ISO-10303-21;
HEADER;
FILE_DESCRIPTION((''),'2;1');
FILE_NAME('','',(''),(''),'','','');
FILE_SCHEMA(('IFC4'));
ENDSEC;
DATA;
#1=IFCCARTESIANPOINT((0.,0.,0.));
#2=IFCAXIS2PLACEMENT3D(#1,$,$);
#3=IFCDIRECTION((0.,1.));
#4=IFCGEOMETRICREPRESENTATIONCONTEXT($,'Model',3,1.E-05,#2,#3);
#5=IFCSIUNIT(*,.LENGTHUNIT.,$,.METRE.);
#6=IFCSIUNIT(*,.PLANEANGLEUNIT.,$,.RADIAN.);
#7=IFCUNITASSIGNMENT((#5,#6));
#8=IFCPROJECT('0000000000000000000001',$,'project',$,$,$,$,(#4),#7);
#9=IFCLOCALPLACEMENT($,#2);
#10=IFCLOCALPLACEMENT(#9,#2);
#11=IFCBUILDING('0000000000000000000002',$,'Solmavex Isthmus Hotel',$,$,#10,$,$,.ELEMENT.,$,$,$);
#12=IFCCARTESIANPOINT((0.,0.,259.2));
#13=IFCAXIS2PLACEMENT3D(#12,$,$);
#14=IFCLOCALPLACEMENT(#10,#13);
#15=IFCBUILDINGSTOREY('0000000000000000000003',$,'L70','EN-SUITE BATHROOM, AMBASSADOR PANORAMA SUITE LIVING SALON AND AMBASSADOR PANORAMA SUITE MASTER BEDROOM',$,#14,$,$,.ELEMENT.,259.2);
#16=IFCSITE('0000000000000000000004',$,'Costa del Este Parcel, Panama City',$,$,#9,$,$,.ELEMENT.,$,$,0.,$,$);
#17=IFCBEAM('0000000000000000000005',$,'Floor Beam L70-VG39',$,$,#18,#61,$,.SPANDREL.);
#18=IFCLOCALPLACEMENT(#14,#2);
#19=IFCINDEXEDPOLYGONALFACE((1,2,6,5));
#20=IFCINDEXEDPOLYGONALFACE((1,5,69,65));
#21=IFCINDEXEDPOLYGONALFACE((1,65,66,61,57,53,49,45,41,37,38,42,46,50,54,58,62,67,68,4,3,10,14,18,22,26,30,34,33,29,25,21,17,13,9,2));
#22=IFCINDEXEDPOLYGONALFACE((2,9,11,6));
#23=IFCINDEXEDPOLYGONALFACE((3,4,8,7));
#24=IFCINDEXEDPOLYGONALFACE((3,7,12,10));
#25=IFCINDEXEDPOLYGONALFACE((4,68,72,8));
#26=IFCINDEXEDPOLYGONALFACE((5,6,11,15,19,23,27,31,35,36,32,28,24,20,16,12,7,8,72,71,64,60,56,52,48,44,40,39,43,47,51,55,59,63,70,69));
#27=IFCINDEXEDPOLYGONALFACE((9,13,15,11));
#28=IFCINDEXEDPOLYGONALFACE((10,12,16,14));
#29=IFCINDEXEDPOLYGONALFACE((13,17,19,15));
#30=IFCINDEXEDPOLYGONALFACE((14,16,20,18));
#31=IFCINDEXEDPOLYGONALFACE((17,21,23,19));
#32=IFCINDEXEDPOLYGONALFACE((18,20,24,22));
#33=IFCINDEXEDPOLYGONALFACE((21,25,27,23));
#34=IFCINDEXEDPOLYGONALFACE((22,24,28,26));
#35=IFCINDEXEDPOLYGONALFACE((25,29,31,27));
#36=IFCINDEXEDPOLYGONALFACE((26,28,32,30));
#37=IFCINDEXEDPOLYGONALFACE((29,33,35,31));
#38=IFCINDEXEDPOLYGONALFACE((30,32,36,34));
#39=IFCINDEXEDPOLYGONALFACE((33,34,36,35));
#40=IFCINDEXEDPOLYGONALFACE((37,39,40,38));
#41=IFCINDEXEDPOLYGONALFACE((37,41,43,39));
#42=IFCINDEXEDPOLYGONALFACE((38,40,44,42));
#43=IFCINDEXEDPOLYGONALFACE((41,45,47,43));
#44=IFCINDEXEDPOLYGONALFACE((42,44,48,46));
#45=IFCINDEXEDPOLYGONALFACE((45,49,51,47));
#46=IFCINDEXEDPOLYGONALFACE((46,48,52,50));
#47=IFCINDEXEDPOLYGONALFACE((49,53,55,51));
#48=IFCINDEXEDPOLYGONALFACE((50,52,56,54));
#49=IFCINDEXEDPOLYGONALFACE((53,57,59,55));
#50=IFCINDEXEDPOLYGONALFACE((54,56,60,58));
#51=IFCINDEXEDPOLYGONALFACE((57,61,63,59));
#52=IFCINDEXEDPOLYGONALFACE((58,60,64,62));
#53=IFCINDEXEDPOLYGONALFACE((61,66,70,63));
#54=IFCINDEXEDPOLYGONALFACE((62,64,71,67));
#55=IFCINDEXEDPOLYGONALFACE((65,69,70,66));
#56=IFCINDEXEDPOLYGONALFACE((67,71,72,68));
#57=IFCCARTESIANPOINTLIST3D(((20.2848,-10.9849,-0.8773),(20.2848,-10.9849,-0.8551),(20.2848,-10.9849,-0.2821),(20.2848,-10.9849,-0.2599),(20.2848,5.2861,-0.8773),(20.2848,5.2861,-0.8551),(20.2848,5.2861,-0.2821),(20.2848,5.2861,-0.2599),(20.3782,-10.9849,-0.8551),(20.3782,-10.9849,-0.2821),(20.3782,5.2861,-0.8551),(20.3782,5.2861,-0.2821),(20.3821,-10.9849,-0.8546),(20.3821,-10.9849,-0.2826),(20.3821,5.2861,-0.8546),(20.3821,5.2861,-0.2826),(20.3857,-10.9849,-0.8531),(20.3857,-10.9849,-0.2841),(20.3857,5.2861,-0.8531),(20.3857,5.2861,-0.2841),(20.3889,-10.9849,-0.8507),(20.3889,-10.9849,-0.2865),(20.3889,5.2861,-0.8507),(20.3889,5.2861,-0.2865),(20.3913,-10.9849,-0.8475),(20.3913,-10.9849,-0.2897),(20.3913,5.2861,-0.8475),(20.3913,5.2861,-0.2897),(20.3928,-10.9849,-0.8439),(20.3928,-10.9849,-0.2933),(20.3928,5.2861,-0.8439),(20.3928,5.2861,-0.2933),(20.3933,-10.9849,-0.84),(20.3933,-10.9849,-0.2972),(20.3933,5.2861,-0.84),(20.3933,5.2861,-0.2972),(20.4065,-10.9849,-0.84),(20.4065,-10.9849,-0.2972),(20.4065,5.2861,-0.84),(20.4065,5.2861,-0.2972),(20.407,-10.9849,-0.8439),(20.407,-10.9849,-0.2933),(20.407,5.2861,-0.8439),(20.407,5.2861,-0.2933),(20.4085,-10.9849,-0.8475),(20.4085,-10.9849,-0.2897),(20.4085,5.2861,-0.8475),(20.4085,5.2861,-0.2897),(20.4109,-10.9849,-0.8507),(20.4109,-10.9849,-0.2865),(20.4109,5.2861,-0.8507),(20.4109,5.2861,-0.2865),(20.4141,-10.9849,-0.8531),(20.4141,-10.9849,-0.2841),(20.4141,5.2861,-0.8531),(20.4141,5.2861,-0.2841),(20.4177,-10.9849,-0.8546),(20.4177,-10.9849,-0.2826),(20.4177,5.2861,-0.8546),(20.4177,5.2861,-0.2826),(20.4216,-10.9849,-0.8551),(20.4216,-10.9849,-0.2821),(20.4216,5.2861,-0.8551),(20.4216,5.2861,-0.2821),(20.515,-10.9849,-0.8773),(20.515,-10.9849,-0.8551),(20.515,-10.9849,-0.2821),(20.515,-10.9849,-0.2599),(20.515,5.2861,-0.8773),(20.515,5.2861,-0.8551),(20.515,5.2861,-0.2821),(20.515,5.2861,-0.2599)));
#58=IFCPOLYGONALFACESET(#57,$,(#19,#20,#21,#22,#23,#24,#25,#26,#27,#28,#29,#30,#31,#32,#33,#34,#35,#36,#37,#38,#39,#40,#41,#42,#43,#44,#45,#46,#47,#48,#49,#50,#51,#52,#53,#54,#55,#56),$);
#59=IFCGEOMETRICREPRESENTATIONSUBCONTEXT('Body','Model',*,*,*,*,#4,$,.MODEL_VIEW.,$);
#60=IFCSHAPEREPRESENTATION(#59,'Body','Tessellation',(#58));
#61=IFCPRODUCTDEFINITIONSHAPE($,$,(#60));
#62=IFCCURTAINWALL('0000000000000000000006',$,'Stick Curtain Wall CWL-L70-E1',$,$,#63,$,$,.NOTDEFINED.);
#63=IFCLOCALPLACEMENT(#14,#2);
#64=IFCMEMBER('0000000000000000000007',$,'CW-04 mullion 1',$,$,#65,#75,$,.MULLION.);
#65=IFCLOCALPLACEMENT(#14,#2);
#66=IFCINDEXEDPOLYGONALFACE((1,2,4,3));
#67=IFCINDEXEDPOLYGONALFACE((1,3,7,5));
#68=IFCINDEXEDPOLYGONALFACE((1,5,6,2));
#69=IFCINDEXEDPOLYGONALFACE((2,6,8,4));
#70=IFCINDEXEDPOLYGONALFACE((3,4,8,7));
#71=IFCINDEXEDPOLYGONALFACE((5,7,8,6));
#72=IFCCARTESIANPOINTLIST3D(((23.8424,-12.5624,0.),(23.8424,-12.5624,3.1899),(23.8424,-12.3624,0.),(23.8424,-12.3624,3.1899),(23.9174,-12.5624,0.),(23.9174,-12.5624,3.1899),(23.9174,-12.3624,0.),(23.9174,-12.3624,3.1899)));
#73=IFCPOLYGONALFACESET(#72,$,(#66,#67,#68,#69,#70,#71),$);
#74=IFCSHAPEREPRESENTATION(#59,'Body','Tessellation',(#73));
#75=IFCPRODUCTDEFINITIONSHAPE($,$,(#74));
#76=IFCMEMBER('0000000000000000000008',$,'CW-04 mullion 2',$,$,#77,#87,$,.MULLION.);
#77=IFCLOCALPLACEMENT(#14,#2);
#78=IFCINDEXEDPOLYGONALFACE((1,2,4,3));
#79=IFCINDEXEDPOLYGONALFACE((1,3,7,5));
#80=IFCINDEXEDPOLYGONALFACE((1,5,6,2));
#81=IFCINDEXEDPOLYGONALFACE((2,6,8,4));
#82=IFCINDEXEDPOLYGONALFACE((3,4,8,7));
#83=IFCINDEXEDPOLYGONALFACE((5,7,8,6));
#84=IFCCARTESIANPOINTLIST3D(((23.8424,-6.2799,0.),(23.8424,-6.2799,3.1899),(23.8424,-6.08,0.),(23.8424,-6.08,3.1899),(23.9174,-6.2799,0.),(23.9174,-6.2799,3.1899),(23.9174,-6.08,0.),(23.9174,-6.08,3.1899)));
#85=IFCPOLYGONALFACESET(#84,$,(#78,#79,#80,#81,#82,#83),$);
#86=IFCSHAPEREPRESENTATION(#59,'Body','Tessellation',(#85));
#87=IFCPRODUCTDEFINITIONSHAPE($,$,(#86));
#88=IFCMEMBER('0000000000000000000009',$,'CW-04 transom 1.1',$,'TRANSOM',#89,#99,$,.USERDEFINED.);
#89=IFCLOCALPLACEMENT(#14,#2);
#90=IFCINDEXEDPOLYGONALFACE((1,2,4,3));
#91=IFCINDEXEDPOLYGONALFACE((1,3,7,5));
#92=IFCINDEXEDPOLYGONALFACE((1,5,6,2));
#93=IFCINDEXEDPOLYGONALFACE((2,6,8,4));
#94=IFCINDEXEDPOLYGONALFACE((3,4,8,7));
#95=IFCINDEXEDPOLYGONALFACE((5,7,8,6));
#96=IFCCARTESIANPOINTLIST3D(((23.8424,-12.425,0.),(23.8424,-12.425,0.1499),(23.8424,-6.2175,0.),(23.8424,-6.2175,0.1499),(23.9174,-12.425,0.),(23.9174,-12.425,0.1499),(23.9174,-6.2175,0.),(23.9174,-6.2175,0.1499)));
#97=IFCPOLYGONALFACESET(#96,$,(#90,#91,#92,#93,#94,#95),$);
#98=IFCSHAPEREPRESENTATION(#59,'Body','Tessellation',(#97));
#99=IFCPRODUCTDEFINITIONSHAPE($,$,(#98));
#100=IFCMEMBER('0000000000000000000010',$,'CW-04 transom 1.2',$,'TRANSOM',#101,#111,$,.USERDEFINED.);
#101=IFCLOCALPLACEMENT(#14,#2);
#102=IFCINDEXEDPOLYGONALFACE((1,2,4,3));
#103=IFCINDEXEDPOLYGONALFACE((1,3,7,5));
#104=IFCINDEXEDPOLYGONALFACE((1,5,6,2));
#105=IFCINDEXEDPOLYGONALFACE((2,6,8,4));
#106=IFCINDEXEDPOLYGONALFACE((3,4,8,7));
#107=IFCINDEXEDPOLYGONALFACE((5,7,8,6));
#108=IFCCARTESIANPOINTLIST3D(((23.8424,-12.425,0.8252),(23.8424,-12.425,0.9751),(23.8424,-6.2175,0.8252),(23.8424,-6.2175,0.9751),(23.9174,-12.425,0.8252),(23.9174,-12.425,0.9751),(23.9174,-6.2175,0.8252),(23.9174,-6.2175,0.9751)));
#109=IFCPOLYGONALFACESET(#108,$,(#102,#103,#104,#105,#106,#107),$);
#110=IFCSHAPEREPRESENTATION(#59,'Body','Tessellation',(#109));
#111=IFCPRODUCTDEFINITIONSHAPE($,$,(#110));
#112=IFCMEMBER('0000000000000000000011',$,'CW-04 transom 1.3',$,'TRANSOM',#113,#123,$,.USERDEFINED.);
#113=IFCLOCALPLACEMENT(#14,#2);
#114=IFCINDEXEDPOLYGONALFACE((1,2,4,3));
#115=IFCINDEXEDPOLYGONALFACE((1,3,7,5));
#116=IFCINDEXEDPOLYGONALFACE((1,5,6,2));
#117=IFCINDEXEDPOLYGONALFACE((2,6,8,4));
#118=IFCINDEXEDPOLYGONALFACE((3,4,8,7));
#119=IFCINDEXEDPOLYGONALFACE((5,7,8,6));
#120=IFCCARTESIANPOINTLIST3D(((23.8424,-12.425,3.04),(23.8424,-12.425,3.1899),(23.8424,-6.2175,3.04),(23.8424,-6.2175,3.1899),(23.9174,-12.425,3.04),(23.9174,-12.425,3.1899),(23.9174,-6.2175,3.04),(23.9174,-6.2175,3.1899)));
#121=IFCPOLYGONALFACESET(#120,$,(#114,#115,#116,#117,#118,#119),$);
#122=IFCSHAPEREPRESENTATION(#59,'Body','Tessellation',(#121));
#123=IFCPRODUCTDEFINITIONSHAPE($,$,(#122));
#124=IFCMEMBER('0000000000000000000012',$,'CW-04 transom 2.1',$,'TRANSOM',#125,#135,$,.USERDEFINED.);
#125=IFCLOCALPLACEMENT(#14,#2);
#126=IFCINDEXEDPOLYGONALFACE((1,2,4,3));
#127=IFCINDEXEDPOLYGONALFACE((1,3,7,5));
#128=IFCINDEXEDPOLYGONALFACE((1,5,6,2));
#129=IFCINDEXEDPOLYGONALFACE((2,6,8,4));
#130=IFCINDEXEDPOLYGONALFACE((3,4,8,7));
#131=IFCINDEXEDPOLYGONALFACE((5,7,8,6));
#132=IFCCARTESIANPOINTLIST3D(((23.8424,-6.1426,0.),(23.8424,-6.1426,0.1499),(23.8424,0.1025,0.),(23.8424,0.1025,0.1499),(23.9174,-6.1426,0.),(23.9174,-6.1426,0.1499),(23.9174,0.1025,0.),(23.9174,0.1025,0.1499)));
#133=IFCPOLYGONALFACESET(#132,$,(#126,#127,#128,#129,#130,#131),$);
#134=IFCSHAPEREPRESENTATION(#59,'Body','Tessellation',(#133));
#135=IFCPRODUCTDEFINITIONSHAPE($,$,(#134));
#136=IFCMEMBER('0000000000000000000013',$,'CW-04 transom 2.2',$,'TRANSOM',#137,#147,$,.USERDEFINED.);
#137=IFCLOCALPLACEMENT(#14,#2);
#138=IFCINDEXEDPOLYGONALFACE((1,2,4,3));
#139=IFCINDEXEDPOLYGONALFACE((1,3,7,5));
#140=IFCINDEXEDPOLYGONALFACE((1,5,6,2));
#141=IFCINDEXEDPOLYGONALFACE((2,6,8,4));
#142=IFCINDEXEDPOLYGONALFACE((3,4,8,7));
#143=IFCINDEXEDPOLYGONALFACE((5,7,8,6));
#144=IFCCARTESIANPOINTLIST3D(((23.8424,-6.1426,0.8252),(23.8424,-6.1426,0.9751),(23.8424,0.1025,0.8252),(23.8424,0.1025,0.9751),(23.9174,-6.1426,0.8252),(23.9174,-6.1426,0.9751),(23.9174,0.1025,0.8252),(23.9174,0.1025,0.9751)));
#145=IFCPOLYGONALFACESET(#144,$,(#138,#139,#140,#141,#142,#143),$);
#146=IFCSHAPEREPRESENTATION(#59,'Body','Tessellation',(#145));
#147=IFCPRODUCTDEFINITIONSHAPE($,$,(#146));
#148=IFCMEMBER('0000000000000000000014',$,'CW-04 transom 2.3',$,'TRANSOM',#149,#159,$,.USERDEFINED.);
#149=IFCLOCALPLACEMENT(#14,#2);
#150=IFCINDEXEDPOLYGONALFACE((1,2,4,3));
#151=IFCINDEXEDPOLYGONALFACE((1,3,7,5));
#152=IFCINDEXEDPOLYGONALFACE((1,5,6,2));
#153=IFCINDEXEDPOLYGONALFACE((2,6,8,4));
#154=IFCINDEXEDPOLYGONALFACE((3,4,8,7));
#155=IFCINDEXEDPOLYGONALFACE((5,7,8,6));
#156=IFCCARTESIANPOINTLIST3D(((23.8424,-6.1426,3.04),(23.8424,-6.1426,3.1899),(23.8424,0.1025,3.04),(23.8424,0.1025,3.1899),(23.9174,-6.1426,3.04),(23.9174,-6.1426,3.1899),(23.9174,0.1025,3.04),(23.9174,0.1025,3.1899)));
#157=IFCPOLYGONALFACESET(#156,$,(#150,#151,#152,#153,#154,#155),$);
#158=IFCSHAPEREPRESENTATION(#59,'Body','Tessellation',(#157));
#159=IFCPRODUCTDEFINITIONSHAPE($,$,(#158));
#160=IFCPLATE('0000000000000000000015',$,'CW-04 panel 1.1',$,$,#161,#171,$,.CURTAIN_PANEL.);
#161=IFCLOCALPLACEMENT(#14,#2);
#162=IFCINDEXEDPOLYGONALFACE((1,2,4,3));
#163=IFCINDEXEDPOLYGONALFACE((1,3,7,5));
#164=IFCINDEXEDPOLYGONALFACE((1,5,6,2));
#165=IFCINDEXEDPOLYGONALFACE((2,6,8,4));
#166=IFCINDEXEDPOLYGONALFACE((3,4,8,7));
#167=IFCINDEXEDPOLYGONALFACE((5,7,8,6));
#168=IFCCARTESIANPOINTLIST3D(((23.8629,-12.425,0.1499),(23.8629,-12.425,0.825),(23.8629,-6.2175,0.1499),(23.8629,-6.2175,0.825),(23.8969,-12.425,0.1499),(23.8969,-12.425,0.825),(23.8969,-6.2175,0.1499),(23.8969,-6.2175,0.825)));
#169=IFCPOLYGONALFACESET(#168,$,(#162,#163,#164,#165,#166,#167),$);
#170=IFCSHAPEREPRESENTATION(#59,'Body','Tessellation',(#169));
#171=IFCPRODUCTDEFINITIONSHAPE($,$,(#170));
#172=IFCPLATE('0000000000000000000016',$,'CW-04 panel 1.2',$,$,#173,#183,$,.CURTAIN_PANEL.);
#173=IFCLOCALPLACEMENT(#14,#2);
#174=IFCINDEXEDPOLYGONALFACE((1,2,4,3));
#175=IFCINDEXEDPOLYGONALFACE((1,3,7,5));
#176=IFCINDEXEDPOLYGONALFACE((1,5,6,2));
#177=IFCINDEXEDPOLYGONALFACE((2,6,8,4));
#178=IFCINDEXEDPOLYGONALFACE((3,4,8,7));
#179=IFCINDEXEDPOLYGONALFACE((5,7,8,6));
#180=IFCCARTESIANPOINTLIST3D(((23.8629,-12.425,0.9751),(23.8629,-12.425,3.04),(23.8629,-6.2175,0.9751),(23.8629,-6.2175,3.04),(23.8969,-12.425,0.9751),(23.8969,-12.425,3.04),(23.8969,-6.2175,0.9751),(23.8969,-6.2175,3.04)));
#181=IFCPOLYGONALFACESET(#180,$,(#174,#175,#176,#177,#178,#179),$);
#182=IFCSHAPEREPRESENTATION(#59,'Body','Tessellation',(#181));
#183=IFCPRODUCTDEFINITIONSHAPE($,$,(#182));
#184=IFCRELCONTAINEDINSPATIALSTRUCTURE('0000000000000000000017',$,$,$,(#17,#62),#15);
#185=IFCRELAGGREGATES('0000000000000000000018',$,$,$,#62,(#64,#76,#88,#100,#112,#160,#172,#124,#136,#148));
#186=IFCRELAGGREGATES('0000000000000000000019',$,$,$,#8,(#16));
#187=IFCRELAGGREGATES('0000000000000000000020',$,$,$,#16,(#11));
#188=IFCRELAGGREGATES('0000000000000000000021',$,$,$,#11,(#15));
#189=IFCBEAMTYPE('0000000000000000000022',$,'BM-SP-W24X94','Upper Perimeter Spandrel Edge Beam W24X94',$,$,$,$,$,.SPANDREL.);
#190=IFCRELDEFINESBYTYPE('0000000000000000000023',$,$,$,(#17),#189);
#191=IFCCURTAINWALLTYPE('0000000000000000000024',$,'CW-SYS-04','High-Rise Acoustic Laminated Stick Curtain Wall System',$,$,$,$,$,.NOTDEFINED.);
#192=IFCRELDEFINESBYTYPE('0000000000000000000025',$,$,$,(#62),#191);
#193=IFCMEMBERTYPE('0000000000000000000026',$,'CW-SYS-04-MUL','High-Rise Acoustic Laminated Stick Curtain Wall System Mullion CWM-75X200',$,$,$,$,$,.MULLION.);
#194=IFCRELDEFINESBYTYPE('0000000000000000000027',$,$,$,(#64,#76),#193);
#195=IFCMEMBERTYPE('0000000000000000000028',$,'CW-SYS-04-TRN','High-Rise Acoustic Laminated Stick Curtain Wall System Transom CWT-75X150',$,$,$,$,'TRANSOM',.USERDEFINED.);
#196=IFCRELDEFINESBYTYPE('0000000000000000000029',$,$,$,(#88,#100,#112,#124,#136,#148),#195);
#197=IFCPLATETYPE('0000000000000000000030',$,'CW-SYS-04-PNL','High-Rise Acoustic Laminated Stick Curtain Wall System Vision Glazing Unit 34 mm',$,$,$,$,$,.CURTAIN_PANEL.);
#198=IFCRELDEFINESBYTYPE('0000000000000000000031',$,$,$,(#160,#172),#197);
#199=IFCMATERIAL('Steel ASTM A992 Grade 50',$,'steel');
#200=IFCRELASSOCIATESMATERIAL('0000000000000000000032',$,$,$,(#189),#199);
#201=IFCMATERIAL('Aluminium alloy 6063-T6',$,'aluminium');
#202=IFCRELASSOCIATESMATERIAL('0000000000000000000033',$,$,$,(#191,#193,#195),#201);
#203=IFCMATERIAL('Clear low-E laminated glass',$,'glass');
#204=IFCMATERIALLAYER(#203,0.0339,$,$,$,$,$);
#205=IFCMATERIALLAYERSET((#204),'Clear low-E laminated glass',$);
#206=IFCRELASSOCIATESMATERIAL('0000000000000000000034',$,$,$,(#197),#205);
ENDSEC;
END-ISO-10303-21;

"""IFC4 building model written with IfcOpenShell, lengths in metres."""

from ifc_helpers import new_model, si_unit, direction, frame, origin, origin_2d, place, context, subcontext, project, spatial, rectangle, i_section, extrude, material, layer, layer_set, material_profile, profile_set, type_object, element, aggregate, save


model = new_model("IFC4")

# Units and contexts
model_context = context("Model", 3, precision=1e-05, world=origin(), true_north=direction((0.0, 1.0)))
body_context = subcontext(model_context, "Body", "Model", "MODEL_VIEW")
ifc_project = project(units=[si_unit("LENGTHUNIT", "METRE"), si_unit("PLANEANGLEUNIT", "RADIAN")], contexts=[model_context])

# Site, building, storey
site_placement = place(None, origin())
site = spatial("IfcSite", under=ifc_project, at=site_placement, Name="Costa del Este Parcel, Panama City", CompositionType="ELEMENT", RefElevation=0.0)
building_placement = place(site_placement, origin())
building = spatial("IfcBuilding", under=site, at=building_placement, Name="Solmavex Isthmus Hotel", CompositionType="ELEMENT")
storey_placement = place(building_placement, frame((0.0, 0.0, 259.2)))
storey = spatial("IfcBuildingStorey", under=building, at=storey_placement, Name="L70", Description="EN-SUITE BATHROOM, AMBASSADOR PANORAMA SUITE LIVING SALON AND AMBASSADOR PANORAMA SUITE MASTER BEDROOM", CompositionType="ELEMENT", Elevation=259.2)

# Beam
ifc_material_1 = material(Name="Steel ASTM A992 Grade 50", Category="steel")
ifc_material_profile_1 = material_profile(ifc_material_1, i_section(OverallWidth=0.2302, OverallDepth=0.6174, WebThickness=0.0132, FlangeThickness=0.0222, FilletRadius=0.0151, at=origin_2d()), Name="W24X94")
ifc_profile_set_1 = profile_set([ifc_material_profile_1], Name="Steel ASTM A992 Grade 50")
beam_type_1 = type_object("IfcBeamType", Name="BM-SP-W24X94", Description="Upper Perimeter Spandrel Edge Beam W24X94", PredefinedType="SPANDREL", material=ifc_profile_set_1)
beam_1_placement = place(storey_placement, frame((20.3999, -10.9849, -0.5686), z_axis=(0.0, 1.0, 0.0), x_axis=(-1.0, 0.0, 0.0)))
element("IfcBeam", 1, at=beam_1_placement, inside=storey, type_object=beam_type_1, Name="Floor Beam L70-VG39", PredefinedType="SPANDREL", context=body_context, shape_type="SweptSolid", body=[
    extrude(i_section(OverallWidth=0.2302, OverallDepth=0.6174, WebThickness=0.0132, FlangeThickness=0.0222, FilletRadius=0.0151, at=origin_2d()), origin(), (0.0, 0.0, 1.0), 16.271),
])

# Curtain wall, members, plates
ifc_material_2 = material(Name="Aluminium alloy 6063-T6", Category="aluminium")
curtain_wall_type = type_object("IfcCurtainWallType", Name="CW-SYS-04", Description="High-Rise Acoustic Laminated Stick Curtain Wall System", PredefinedType="NOTDEFINED", material=ifc_material_2)
curtain_wall_placement = place(storey_placement, origin())
curtain_wall = element("IfcCurtainWall", 2, at=curtain_wall_placement, inside=storey, type_object=curtain_wall_type, Name="Stick Curtain Wall CWL-L70-E1", PredefinedType="NOTDEFINED")
ifc_material_profile_2 = material_profile(ifc_material_2, rectangle(XDim=0.075, YDim=0.2, at=origin_2d()), Name="CWM-75X200")
ifc_profile_set_2 = profile_set([ifc_material_profile_2], Name="Aluminium alloy 6063-T6")
member_type_1 = type_object("IfcMemberType", Name="CW-SYS-04-MUL", Description="High-Rise Acoustic Laminated Stick Curtain Wall System Mullion CWM-75X200", PredefinedType="MULLION", material=ifc_profile_set_2)
member_1_placement = place(storey_placement, frame((23.8799, -12.4624, 0.0), z_axis=(0.0, 0.0, 1.0), x_axis=(-1.0, 0.0, 0.0)))
member_1 = element("IfcMember", 3, at=member_1_placement, type_object=member_type_1, Name="CW-04 mullion 1", PredefinedType="MULLION", context=body_context, shape_type="SweptSolid", body=[
    extrude(rectangle(XDim=0.075, YDim=0.2, at=origin_2d()), origin(), (0.0, 0.0, 1.0), 3.1899),
])
member_2_placement = place(storey_placement, frame((23.8799, -6.1799, 0.0), z_axis=(0.0, 0.0, 1.0), x_axis=(-1.0, 0.0, 0.0)))
member_2 = element("IfcMember", 4, at=member_2_placement, type_object=member_type_1, Name="CW-04 mullion 2", PredefinedType="MULLION", context=body_context, shape_type="SweptSolid", body=[
    extrude(rectangle(XDim=0.075, YDim=0.2, at=origin_2d()), origin(), (0.0, 0.0, 1.0), 3.1899),
])
ifc_material_profile_3 = material_profile(ifc_material_2, rectangle(XDim=0.075, YDim=0.1499, at=origin_2d()), Name="CWT-75X150")
ifc_profile_set_3 = profile_set([ifc_material_profile_3], Name="Aluminium alloy 6063-T6")
member_type_2 = type_object("IfcMemberType", Name="CW-SYS-04-TRN", Description="High-Rise Acoustic Laminated Stick Curtain Wall System Transom CWT-75X150", ElementType="TRANSOM", PredefinedType="USERDEFINED", material=ifc_profile_set_3)
member_3_placement = place(storey_placement, frame((23.8799, -12.425, 0.075), z_axis=(0.0, 1.0, 0.0), x_axis=(-1.0, 0.0, 0.0)))
member_3 = element("IfcMember", 5, at=member_3_placement, type_object=member_type_2, Name="CW-04 transom 1.1", ObjectType="TRANSOM", PredefinedType="USERDEFINED", context=body_context, shape_type="SweptSolid", body=[
    extrude(rectangle(XDim=0.075, YDim=0.1499, at=origin_2d()), origin(), (0.0, 0.0, 1.0), 6.2075),
])
member_4_placement = place(storey_placement, frame((23.8799, -12.425, 0.9001), z_axis=(0.0, 1.0, 0.0), x_axis=(-1.0, 0.0, 0.0)))
member_4 = element("IfcMember", 6, at=member_4_placement, type_object=member_type_2, Name="CW-04 transom 1.2", ObjectType="TRANSOM", PredefinedType="USERDEFINED", context=body_context, shape_type="SweptSolid", body=[
    extrude(rectangle(XDim=0.075, YDim=0.1499, at=origin_2d()), origin(), (0.0, 0.0, 1.0), 6.2075),
])
member_5_placement = place(storey_placement, frame((23.8799, -12.425, 3.115), z_axis=(0.0, 1.0, 0.0), x_axis=(-1.0, 0.0, 0.0)))
member_5 = element("IfcMember", 7, at=member_5_placement, type_object=member_type_2, Name="CW-04 transom 1.3", ObjectType="TRANSOM", PredefinedType="USERDEFINED", context=body_context, shape_type="SweptSolid", body=[
    extrude(rectangle(XDim=0.075, YDim=0.1499, at=origin_2d()), origin(), (0.0, 0.0, 1.0), 6.2075),
])
member_6_placement = place(storey_placement, frame((23.8799, -6.1426, 0.075), z_axis=(0.0, 1.0, 0.0), x_axis=(-1.0, 0.0, 0.0)))
member_6 = element("IfcMember", 8, at=member_6_placement, type_object=member_type_2, Name="CW-04 transom 2.1", ObjectType="TRANSOM", PredefinedType="USERDEFINED", context=body_context, shape_type="SweptSolid", body=[
    extrude(rectangle(XDim=0.075, YDim=0.1499, at=origin_2d()), origin(), (0.0, 0.0, 1.0), 6.2451),
])
member_7_placement = place(storey_placement, frame((23.8799, -6.1426, 0.9001), z_axis=(0.0, 1.0, 0.0), x_axis=(-1.0, 0.0, 0.0)))
member_7 = element("IfcMember", 9, at=member_7_placement, type_object=member_type_2, Name="CW-04 transom 2.2", ObjectType="TRANSOM", PredefinedType="USERDEFINED", context=body_context, shape_type="SweptSolid", body=[
    extrude(rectangle(XDim=0.075, YDim=0.1499, at=origin_2d()), origin(), (0.0, 0.0, 1.0), 6.2451),
])
member_8_placement = place(storey_placement, frame((23.8799, -6.1426, 3.115), z_axis=(0.0, 1.0, 0.0), x_axis=(-1.0, 0.0, 0.0)))
member_8 = element("IfcMember", 10, at=member_8_placement, type_object=member_type_2, Name="CW-04 transom 2.3", ObjectType="TRANSOM", PredefinedType="USERDEFINED", context=body_context, shape_type="SweptSolid", body=[
    extrude(rectangle(XDim=0.075, YDim=0.1499, at=origin_2d()), origin(), (0.0, 0.0, 1.0), 6.2451),
])
ifc_material_3 = material(Name="Clear low-E laminated glass", Category="glass")
ifc_layer_1 = layer(ifc_material_3, 0.0339)
ifc_layer_set_1 = layer_set([ifc_layer_1], Name="Clear low-E laminated glass")
plate_type = type_object("IfcPlateType", Name="CW-SYS-04-PNL", Description="High-Rise Acoustic Laminated Stick Curtain Wall System Vision Glazing Unit 34 mm", PredefinedType="CURTAIN_PANEL", material=ifc_layer_set_1)
plate_1_placement = place(storey_placement, frame((23.8799, -9.3213, 0.1499), z_axis=(0.0, 0.0, 1.0), x_axis=(0.0, 1.0, 0.0)))
plate_1 = element("IfcPlate", 11, at=plate_1_placement, type_object=plate_type, Name="CW-04 panel 1.1", PredefinedType="CURTAIN_PANEL", context=body_context, shape_type="SweptSolid", body=[
    extrude(rectangle(XDim=6.2075, YDim=0.0339, at=origin_2d()), origin(), (0.0, 0.0, 1.0), 0.675),
])
plate_2_placement = place(storey_placement, frame((23.8799, -9.3213, 0.9751), z_axis=(0.0, 0.0, 1.0), x_axis=(0.0, 1.0, 0.0)))
plate_2 = element("IfcPlate", 12, at=plate_2_placement, type_object=plate_type, Name="CW-04 panel 1.2", PredefinedType="CURTAIN_PANEL", context=body_context, shape_type="SweptSolid", body=[
    extrude(rectangle(XDim=6.2075, YDim=0.0339, at=origin_2d()), origin(), (0.0, 0.0, 1.0), 2.0649),
])
aggregate(curtain_wall, [member_1, member_2, member_3, member_4, member_5, plate_1, plate_2, member_6, member_7, member_8])

save(model, "model.ifc")
